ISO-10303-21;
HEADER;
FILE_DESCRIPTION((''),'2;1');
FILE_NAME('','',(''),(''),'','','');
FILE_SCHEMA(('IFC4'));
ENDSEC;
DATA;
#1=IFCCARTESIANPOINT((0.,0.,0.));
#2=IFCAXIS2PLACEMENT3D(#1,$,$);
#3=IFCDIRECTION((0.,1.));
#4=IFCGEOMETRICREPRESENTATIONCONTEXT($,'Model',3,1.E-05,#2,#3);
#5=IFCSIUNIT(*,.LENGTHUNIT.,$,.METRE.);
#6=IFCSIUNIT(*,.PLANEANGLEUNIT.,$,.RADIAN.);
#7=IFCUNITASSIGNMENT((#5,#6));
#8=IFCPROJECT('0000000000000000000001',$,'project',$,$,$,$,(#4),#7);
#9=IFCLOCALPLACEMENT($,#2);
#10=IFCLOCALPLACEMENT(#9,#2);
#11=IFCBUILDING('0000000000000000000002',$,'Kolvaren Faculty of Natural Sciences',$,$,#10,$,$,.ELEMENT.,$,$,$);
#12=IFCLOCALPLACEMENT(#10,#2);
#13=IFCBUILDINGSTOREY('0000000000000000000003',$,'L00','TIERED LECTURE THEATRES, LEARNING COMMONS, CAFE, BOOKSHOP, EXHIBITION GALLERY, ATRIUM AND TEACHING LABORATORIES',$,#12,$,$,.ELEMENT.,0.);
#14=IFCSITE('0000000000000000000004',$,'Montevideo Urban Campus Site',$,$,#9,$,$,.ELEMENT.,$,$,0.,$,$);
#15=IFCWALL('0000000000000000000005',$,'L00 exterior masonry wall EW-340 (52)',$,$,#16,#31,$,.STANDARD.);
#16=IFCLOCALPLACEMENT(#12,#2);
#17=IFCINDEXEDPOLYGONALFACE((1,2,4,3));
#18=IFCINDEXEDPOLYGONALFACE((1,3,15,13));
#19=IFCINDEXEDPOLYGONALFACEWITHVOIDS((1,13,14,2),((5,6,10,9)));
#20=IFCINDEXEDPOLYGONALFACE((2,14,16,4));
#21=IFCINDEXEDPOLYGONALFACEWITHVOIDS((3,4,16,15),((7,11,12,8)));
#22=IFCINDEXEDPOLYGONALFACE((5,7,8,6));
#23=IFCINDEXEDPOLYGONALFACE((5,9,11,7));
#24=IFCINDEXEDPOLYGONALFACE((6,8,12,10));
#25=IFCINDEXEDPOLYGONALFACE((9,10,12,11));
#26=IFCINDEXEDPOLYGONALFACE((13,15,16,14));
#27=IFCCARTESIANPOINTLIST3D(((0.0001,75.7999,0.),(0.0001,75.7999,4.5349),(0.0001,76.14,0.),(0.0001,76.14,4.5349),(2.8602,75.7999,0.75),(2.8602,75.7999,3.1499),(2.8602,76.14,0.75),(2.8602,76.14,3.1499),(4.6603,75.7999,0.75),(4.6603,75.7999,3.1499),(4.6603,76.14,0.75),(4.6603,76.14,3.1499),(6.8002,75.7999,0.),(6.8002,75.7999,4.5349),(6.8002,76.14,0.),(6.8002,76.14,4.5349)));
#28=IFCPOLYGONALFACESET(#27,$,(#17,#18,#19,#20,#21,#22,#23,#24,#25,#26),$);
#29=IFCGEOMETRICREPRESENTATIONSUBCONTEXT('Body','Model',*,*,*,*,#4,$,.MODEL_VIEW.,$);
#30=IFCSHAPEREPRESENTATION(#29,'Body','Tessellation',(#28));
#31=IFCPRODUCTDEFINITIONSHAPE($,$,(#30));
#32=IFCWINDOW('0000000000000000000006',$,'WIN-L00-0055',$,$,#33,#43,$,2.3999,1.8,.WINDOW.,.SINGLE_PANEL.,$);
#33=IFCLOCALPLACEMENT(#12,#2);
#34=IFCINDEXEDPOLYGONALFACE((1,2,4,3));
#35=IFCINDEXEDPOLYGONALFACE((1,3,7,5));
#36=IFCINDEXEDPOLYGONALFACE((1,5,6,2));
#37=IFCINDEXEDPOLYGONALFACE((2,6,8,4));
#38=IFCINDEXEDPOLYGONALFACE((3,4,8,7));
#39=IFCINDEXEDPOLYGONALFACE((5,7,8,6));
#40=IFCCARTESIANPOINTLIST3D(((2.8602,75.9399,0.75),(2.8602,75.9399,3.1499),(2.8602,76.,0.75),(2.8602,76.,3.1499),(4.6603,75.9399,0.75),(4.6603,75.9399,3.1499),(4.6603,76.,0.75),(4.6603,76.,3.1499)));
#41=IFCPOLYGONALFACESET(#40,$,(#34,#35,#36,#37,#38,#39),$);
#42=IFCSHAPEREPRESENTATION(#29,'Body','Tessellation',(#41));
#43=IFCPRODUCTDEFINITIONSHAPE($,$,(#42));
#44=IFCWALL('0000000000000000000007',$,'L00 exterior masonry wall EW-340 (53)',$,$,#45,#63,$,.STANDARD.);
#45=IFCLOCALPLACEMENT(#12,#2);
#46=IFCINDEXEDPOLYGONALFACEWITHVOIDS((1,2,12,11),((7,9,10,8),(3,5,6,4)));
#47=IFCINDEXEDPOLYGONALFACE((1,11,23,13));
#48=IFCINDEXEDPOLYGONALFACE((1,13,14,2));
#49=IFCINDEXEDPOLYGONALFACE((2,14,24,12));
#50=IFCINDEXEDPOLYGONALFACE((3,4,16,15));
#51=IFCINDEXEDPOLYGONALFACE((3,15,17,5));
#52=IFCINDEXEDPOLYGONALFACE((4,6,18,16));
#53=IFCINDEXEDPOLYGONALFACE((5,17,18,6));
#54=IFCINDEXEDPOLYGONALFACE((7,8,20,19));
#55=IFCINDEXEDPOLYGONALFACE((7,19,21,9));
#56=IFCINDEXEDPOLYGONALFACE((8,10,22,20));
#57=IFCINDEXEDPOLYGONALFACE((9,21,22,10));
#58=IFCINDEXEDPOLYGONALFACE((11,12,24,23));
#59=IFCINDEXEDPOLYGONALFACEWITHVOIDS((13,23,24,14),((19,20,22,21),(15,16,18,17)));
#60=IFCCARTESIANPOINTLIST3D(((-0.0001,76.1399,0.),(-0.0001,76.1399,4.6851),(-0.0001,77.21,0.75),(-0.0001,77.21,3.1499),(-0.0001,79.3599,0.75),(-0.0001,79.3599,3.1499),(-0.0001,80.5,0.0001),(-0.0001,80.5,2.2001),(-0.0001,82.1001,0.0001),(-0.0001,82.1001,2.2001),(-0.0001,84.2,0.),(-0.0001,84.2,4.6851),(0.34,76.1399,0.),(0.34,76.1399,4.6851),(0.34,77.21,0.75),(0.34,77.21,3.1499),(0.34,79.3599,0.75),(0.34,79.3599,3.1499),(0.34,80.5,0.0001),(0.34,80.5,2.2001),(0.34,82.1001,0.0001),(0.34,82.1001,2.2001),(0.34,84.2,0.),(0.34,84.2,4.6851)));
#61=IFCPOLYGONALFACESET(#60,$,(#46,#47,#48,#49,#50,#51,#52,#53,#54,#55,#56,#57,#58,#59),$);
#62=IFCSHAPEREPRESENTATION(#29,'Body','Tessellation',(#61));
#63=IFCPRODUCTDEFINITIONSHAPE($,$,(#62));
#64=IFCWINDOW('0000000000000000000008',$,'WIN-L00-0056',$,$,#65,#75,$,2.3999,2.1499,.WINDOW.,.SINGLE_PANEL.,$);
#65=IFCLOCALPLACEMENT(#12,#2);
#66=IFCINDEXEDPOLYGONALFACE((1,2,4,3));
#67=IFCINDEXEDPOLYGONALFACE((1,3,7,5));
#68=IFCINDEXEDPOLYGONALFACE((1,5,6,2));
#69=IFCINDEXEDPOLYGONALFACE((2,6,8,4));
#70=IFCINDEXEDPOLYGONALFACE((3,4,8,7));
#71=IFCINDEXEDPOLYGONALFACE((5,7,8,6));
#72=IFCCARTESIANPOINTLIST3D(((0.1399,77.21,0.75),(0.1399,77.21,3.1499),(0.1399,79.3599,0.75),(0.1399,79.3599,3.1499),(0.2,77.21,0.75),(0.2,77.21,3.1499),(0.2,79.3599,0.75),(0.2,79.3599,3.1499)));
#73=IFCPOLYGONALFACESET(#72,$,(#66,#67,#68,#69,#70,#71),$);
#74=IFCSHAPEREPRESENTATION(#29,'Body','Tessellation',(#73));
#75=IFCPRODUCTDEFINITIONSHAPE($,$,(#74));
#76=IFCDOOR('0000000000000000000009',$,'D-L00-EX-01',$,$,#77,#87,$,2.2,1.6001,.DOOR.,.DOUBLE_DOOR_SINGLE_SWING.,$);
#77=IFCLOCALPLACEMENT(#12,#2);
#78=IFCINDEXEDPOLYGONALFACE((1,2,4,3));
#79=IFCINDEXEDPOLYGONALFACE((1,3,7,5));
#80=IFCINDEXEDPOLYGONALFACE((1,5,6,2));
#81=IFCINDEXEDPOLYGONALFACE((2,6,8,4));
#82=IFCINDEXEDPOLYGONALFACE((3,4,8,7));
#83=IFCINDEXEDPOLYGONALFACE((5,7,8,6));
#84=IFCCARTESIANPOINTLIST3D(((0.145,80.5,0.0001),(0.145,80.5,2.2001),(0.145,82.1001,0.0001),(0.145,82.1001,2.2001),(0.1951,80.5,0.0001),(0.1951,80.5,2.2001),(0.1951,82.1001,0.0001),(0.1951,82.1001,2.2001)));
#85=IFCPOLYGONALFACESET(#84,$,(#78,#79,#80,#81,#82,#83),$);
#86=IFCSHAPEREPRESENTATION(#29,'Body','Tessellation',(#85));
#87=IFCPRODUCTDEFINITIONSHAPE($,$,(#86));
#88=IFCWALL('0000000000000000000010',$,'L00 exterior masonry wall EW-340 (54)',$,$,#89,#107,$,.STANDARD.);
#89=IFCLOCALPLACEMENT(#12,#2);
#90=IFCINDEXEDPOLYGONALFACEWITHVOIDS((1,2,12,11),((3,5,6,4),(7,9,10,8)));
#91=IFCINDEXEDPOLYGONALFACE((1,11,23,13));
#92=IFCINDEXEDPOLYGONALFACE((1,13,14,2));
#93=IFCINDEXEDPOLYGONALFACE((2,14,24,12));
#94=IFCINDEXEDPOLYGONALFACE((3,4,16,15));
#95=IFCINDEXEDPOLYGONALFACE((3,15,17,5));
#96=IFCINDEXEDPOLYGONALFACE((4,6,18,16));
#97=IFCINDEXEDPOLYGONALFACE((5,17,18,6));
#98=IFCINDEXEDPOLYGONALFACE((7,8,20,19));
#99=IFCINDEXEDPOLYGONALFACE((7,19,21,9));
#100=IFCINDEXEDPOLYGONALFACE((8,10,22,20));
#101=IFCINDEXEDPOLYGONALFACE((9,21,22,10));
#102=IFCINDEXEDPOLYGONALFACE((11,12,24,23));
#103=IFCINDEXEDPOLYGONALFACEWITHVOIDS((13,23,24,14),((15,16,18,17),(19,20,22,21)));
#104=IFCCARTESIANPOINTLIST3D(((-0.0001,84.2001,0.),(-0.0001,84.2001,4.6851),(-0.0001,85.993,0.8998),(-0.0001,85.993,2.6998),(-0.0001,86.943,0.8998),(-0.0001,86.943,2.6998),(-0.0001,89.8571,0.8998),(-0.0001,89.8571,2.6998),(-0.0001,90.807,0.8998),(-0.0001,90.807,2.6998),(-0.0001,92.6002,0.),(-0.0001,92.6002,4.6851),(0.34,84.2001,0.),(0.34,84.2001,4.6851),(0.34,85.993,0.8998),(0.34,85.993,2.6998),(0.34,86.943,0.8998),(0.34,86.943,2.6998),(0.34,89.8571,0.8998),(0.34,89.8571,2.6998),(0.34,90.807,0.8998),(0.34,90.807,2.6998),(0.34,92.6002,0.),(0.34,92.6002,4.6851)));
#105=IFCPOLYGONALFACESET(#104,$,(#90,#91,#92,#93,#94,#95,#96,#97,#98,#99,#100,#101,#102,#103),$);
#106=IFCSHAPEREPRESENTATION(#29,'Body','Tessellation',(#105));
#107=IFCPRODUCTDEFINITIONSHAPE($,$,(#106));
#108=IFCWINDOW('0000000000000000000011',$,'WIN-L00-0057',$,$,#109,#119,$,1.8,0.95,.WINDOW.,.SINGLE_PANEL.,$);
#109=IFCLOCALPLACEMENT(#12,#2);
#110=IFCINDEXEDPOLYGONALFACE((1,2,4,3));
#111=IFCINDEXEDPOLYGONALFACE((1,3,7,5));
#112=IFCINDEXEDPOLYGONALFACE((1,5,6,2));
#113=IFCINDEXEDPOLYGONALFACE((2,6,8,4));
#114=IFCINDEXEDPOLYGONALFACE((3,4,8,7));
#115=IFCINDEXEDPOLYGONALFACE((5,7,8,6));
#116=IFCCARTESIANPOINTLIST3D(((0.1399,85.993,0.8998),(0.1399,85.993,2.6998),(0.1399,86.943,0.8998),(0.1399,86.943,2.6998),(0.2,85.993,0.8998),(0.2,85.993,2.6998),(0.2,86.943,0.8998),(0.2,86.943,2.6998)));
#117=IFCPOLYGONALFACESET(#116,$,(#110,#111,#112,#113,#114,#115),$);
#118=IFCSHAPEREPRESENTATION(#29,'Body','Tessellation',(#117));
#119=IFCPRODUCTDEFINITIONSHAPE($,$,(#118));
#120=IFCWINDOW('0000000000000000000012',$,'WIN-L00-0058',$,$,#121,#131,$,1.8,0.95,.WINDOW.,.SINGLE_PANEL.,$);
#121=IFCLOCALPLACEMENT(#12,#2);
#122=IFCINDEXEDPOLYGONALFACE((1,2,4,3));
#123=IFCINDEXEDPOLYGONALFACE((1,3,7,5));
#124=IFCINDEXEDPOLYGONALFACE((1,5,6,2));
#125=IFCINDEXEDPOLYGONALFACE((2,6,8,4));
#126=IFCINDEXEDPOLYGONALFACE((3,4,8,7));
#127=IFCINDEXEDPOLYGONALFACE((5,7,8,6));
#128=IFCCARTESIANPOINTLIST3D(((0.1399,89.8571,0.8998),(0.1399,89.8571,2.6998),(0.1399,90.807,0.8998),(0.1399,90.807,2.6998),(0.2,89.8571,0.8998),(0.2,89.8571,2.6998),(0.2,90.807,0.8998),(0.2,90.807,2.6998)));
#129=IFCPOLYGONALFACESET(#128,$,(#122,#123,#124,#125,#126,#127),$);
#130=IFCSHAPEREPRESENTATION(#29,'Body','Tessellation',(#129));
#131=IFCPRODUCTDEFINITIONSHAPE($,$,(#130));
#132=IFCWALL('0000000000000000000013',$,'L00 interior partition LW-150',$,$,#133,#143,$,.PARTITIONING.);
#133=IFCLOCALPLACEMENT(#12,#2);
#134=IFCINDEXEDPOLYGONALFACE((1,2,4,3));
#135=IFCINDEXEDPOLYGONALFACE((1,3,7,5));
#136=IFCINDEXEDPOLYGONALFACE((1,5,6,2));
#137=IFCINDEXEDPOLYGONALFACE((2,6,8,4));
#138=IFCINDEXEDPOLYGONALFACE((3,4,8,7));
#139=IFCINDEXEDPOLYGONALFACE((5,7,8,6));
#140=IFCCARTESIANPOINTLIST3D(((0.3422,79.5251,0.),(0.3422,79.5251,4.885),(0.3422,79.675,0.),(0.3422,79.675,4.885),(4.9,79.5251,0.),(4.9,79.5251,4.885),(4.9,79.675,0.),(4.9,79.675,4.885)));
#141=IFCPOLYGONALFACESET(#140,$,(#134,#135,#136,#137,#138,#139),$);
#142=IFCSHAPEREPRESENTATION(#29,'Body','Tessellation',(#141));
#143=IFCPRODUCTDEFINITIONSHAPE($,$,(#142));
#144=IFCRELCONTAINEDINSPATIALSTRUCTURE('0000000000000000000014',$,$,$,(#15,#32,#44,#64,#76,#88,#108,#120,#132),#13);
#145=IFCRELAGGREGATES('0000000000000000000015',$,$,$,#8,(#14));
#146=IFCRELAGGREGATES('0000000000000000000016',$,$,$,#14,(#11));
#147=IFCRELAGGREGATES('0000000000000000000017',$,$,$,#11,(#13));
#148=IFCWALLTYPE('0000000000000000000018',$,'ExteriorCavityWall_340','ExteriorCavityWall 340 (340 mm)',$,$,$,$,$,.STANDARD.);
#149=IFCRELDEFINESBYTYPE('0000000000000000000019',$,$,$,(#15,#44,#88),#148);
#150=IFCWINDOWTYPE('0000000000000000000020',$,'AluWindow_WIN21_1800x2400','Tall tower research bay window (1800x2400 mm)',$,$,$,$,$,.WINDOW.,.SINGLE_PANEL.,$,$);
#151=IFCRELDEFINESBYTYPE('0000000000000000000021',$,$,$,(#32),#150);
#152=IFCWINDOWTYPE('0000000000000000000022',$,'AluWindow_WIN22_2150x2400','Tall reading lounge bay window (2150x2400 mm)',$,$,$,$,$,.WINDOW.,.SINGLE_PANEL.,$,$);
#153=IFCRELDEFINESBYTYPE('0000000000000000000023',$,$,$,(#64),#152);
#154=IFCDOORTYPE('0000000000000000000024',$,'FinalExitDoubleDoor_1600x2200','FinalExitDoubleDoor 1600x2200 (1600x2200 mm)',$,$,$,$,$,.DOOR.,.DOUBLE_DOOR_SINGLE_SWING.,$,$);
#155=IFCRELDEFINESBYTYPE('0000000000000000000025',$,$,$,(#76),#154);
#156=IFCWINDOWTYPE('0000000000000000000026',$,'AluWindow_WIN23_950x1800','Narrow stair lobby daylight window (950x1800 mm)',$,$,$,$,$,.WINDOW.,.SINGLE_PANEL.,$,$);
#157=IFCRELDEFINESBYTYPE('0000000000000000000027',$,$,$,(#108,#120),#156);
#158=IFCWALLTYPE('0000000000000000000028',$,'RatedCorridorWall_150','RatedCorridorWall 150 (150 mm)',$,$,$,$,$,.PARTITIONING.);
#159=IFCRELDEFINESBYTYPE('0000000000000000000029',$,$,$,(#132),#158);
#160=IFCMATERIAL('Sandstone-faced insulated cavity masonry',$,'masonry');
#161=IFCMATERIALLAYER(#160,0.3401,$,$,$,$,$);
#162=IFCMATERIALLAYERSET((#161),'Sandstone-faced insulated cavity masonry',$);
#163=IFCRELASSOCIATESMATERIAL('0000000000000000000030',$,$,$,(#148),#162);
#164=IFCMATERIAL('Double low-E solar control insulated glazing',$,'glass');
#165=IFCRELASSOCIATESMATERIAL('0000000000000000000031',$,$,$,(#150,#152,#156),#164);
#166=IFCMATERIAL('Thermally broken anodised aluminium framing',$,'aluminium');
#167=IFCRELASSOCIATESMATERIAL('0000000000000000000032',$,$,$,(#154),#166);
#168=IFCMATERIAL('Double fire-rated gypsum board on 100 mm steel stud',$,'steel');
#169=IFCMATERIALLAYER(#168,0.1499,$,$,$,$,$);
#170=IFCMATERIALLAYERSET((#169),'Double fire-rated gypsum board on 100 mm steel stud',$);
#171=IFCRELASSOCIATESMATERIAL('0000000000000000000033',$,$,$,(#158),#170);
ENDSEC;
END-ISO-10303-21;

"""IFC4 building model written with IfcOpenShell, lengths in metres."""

from ifc_helpers import new_model, si_unit, direction, frame, frame_2d, origin, place, context, subcontext, project, spatial, rectangle, extrude, material, layer, layer_set, type_object, element, fill, save


model = new_model("IFC4")

# Units and contexts
model_context = context("Model", 3, precision=1e-05, world=origin(), true_north=direction((0.0, 1.0)))
body_context = subcontext(model_context, "Body", "Model", "MODEL_VIEW")
ifc_project = project(units=[si_unit("LENGTHUNIT", "METRE"), si_unit("PLANEANGLEUNIT", "RADIAN")], contexts=[model_context])

# Site, building, storey
site_placement = place(None, origin())
site = spatial("IfcSite", under=ifc_project, at=site_placement, Name="Montevideo Urban Campus Site", CompositionType="ELEMENT", RefElevation=0.0)
building_placement = place(site_placement, origin())
building = spatial("IfcBuilding", under=site, at=building_placement, Name="Kolvaren Faculty of Natural Sciences", CompositionType="ELEMENT")
storey_placement = place(building_placement, origin())
storey = spatial("IfcBuildingStorey", under=building, at=storey_placement, Name="L00", Description="TIERED LECTURE THEATRES, LEARNING COMMONS, CAFE, BOOKSHOP, EXHIBITION GALLERY, ATRIUM AND TEACHING LABORATORIES", CompositionType="ELEMENT", Elevation=0.0)

# Wall, opening, window
ifc_material_1 = material(Name="Sandstone-faced insulated cavity masonry", Category="masonry")
ifc_layer_1 = layer(ifc_material_1, 0.3401)
ifc_layer_set_1 = layer_set([ifc_layer_1], Name="Sandstone-faced insulated cavity masonry")
wall_type_1 = type_object("IfcWallType", Name="ExteriorCavityWall_340", Description="ExteriorCavityWall 340 (340 mm)", PredefinedType="STANDARD", material=ifc_layer_set_1)
wall_1_placement = place(storey_placement, frame((6.8, 75.97, 0.0), z_axis=(0.0, 0.0, 1.0), x_axis=(-1.0, 0.0, 0.0)))
wall_1 = element("IfcWall", 1, at=wall_1_placement, inside=storey, type_object=wall_type_1, Name="L00 exterior masonry wall EW-340 (52)", PredefinedType="STANDARD", context=body_context, shape_type="SweptSolid", body=[
    extrude(rectangle(XDim=6.8, YDim=0.3401, at=frame_2d((3.3999, 0.0))), origin(), (0.0, 0.0, 1.0), 4.5349),
])
opening_1_placement = place(wall_1_placement, frame((2.1399, 0.0, 0.75)))
opening_1 = element("IfcOpeningElement", 2, at=opening_1_placement, cuts=wall_1, PredefinedType="OPENING", context=body_context, shape_type="SweptSolid", body=[
    extrude(rectangle(XDim=1.8, YDim=2.3999, at=frame_2d((0.8999, 1.2))), frame((0.0, 0.1799, 0.0), z_axis=(0.0, -1.0, 0.0), x_axis=(1.0, 0.0, 0.0)), (0.0, 0.0, 1.0), 0.3601),
])
ifc_material_2 = material(Name="Double low-E solar control insulated glazing", Category="glass")
window_type_1 = type_object("IfcWindowType", Name="AluWindow_WIN21_1800x2400", Description="Tall tower research bay window (1800x2400 mm)", PartitioningType="SINGLE_PANEL", PredefinedType="WINDOW", material=ifc_material_2)
window_1_placement = place(opening_1_placement, origin())
window_1 = element("IfcWindow", 3, at=window_1_placement, inside=storey, type_object=window_type_1, Name="WIN-L00-0055", OverallHeight=2.3999, OverallWidth=1.8, PartitioningType="SINGLE_PANEL", PredefinedType="WINDOW", context=body_context, shape_type="SweptSolid", body=[
    extrude(rectangle(XDim=1.8, YDim=2.3999, at=frame_2d((0.8999, 1.2))), frame((0.0, 0.03, 0.0), z_axis=(0.0, -1.0, 0.0), x_axis=(1.0, 0.0, 0.0)), (0.0, 0.0, 1.0), 0.0601),
])
fill(opening_1, window_1)

# Wall, openings, window, door
wall_2_placement = place(storey_placement, frame((0.1699, 76.1399, 0.0), z_axis=(0.0, 0.0, 1.0), x_axis=(0.0, 1.0, 0.0)))
wall_2 = element("IfcWall", 4, at=wall_2_placement, inside=storey, type_object=wall_type_1, Name="L00 exterior masonry wall EW-340 (53)", PredefinedType="STANDARD", context=body_context, shape_type="SweptSolid", body=[
    extrude(rectangle(XDim=8.0601, YDim=0.3401, at=frame_2d((4.03, 0.0))), origin(), (0.0, 0.0, 1.0), 4.6851),
])
opening_2_placement = place(wall_2_placement, frame((4.3601, 0.0, 0.0)))
opening_2 = element("IfcOpeningElement", 5, at=opening_2_placement, cuts=wall_2, PredefinedType="OPENING", context=body_context, shape_type="SweptSolid", body=[
    extrude(rectangle(XDim=1.6001, YDim=2.2, at=frame_2d((0.8, 1.1001))), frame((0.0, 0.1799, 0.0), z_axis=(0.0, -1.0, 0.0), x_axis=(1.0, 0.0, 0.0)), (0.0, 0.0, 1.0), 0.3601),
])
opening_3_placement = place(wall_2_placement, frame((1.0701, 0.0, 0.75)))
opening_3 = element("IfcOpeningElement", 6, at=opening_3_placement, cuts=wall_2, PredefinedType="OPENING", context=body_context, shape_type="SweptSolid", body=[
    extrude(rectangle(XDim=2.1499, YDim=2.3999, at=frame_2d((1.075, 1.2))), frame((0.0, 0.1799, 0.0), z_axis=(0.0, -1.0, 0.0), x_axis=(1.0, 0.0, 0.0)), (0.0, 0.0, 1.0), 0.3601),
])
window_type_2 = type_object("IfcWindowType", Name="AluWindow_WIN22_2150x2400", Description="Tall reading lounge bay window (2150x2400 mm)", PartitioningType="SINGLE_PANEL", PredefinedType="WINDOW", material=ifc_material_2)
window_2_placement = place(opening_3_placement, origin())
window_2 = element("IfcWindow", 7, at=window_2_placement, inside=storey, type_object=window_type_2, Name="WIN-L00-0056", OverallHeight=2.3999, OverallWidth=2.1499, PartitioningType="SINGLE_PANEL", PredefinedType="WINDOW", context=body_context, shape_type="SweptSolid", body=[
    extrude(rectangle(XDim=2.1499, YDim=2.3999, at=frame_2d((1.075, 1.2))), frame((0.0, 0.03, 0.0), z_axis=(0.0, -1.0, 0.0), x_axis=(1.0, 0.0, 0.0)), (0.0, 0.0, 1.0), 0.0601),
])
fill(opening_3, window_2)
ifc_material_3 = material(Name="Thermally broken anodised aluminium framing", Category="aluminium")
door_type_1 = type_object("IfcDoorType", Name="FinalExitDoubleDoor_1600x2200", Description="FinalExitDoubleDoor 1600x2200 (1600x2200 mm)", OperationType="DOUBLE_DOOR_SINGLE_SWING", PredefinedType="DOOR", material=ifc_material_3)
door_1_placement = place(opening_2_placement, origin())
door_1 = element("IfcDoor", 8, at=door_1_placement, inside=storey, type_object=door_type_1, Name="D-L00-EX-01", OperationType="DOUBLE_DOOR_SINGLE_SWING", OverallHeight=2.2, OverallWidth=1.6001, PredefinedType="DOOR", context=body_context, shape_type="SweptSolid", body=[
    extrude(rectangle(XDim=1.6001, YDim=2.2, at=frame_2d((0.8, 1.1001))), frame((0.0, 0.0249, 0.0), z_axis=(0.0, -1.0, 0.0), x_axis=(1.0, 0.0, 0.0)), (0.0, 0.0, 1.0), 0.05),
])
fill(opening_2, door_1)

# Wall, openings, windows
wall_3_placement = place(storey_placement, frame((0.1699, 84.2, 0.0), z_axis=(0.0, 0.0, 1.0), x_axis=(0.0, 1.0, 0.0)))
wall_3 = element("IfcWall", 9, at=wall_3_placement, inside=storey, type_object=wall_type_1, Name="L00 exterior masonry wall EW-340 (54)", PredefinedType="STANDARD", context=body_context, shape_type="SweptSolid", body=[
    extrude(rectangle(XDim=8.4001, YDim=0.3401, at=frame_2d((4.2002, 0.0))), origin(), (0.0, 0.0, 1.0), 4.6851),
])
opening_4_placement = place(wall_3_placement, frame((1.793, 0.0, 0.8999)))
opening_4 = element("IfcOpeningElement", 10, at=opening_4_placement, cuts=wall_3, PredefinedType="OPENING", context=body_context, shape_type="SweptSolid", body=[
    extrude(rectangle(XDim=0.95, YDim=1.8, at=frame_2d((0.4751, 0.8999))), frame((0.0, 0.1799, 0.0), z_axis=(0.0, -1.0, 0.0), x_axis=(1.0, 0.0, 0.0)), (0.0, 0.0, 1.0), 0.3601),
])
opening_5_placement = place(wall_3_placement, frame((5.657, 0.0, 0.8999)))
opening_5 = element("IfcOpeningElement", 11, at=opening_5_placement, cuts=wall_3, PredefinedType="OPENING", context=body_context, shape_type="SweptSolid", body=[
    extrude(rectangle(XDim=0.95, YDim=1.8, at=frame_2d((0.4751, 0.8999))), frame((0.0, 0.1799, 0.0), z_axis=(0.0, -1.0, 0.0), x_axis=(1.0, 0.0, 0.0)), (0.0, 0.0, 1.0), 0.3601),
])
window_type_3 = type_object("IfcWindowType", Name="AluWindow_WIN23_950x1800", Description="Narrow stair lobby daylight window (950x1800 mm)", PartitioningType="SINGLE_PANEL", PredefinedType="WINDOW", material=ifc_material_2)
window_3_placement = place(opening_4_placement, origin())
window_3 = element("IfcWindow", 12, at=window_3_placement, inside=storey, type_object=window_type_3, Name="WIN-L00-0057", OverallHeight=1.8, OverallWidth=0.95, PartitioningType="SINGLE_PANEL", PredefinedType="WINDOW", context=body_context, shape_type="SweptSolid", body=[
    extrude(rectangle(XDim=0.95, YDim=1.8, at=frame_2d((0.4751, 0.8999))), frame((0.0, 0.03, 0.0), z_axis=(0.0, -1.0, 0.0), x_axis=(1.0, 0.0, 0.0)), (0.0, 0.0, 1.0), 0.0601),
])
fill(opening_4, window_3)
window_4_placement = place(opening_5_placement, origin())
window_4 = element("IfcWindow", 13, at=window_4_placement, inside=storey, type_object=window_type_3, Name="WIN-L00-0058", OverallHeight=1.8, OverallWidth=0.95, PartitioningType="SINGLE_PANEL", PredefinedType="WINDOW", context=body_context, shape_type="SweptSolid", body=[
    extrude(rectangle(XDim=0.95, YDim=1.8, at=frame_2d((0.4751, 0.8999))), frame((0.0, 0.03, 0.0), z_axis=(0.0, -1.0, 0.0), x_axis=(1.0, 0.0, 0.0)), (0.0, 0.0, 1.0), 0.0601),
])
fill(opening_5, window_4)

# Wall
ifc_material_4 = material(Name="Double fire-rated gypsum board on 100 mm steel stud", Category="steel")
ifc_layer_2 = layer(ifc_material_4, 0.1499)
ifc_layer_set_2 = layer_set([ifc_layer_2], Name="Double fire-rated gypsum board on 100 mm steel stud")
wall_type_2 = type_object("IfcWallType", Name="RatedCorridorWall_150", Description="RatedCorridorWall 150 (150 mm)", PredefinedType="PARTITIONING", material=ifc_layer_set_2)
wall_4_placement = place(storey_placement, frame((4.8999, 79.6001, 0.0), z_axis=(0.0, 0.0, 1.0), x_axis=(-1.0, 0.0, 0.0)))
element("IfcWall", 14, at=wall_4_placement, inside=storey, type_object=wall_type_2, Name="L00 interior partition LW-150", PredefinedType="PARTITIONING", context=body_context, shape_type="SweptSolid", body=[
    extrude(rectangle(XDim=4.5579, YDim=0.1499, at=frame_2d((2.2788, 0.0))), origin(), (0.0, 0.0, 1.0), 4.885),
])

save(model, "model.ifc")
